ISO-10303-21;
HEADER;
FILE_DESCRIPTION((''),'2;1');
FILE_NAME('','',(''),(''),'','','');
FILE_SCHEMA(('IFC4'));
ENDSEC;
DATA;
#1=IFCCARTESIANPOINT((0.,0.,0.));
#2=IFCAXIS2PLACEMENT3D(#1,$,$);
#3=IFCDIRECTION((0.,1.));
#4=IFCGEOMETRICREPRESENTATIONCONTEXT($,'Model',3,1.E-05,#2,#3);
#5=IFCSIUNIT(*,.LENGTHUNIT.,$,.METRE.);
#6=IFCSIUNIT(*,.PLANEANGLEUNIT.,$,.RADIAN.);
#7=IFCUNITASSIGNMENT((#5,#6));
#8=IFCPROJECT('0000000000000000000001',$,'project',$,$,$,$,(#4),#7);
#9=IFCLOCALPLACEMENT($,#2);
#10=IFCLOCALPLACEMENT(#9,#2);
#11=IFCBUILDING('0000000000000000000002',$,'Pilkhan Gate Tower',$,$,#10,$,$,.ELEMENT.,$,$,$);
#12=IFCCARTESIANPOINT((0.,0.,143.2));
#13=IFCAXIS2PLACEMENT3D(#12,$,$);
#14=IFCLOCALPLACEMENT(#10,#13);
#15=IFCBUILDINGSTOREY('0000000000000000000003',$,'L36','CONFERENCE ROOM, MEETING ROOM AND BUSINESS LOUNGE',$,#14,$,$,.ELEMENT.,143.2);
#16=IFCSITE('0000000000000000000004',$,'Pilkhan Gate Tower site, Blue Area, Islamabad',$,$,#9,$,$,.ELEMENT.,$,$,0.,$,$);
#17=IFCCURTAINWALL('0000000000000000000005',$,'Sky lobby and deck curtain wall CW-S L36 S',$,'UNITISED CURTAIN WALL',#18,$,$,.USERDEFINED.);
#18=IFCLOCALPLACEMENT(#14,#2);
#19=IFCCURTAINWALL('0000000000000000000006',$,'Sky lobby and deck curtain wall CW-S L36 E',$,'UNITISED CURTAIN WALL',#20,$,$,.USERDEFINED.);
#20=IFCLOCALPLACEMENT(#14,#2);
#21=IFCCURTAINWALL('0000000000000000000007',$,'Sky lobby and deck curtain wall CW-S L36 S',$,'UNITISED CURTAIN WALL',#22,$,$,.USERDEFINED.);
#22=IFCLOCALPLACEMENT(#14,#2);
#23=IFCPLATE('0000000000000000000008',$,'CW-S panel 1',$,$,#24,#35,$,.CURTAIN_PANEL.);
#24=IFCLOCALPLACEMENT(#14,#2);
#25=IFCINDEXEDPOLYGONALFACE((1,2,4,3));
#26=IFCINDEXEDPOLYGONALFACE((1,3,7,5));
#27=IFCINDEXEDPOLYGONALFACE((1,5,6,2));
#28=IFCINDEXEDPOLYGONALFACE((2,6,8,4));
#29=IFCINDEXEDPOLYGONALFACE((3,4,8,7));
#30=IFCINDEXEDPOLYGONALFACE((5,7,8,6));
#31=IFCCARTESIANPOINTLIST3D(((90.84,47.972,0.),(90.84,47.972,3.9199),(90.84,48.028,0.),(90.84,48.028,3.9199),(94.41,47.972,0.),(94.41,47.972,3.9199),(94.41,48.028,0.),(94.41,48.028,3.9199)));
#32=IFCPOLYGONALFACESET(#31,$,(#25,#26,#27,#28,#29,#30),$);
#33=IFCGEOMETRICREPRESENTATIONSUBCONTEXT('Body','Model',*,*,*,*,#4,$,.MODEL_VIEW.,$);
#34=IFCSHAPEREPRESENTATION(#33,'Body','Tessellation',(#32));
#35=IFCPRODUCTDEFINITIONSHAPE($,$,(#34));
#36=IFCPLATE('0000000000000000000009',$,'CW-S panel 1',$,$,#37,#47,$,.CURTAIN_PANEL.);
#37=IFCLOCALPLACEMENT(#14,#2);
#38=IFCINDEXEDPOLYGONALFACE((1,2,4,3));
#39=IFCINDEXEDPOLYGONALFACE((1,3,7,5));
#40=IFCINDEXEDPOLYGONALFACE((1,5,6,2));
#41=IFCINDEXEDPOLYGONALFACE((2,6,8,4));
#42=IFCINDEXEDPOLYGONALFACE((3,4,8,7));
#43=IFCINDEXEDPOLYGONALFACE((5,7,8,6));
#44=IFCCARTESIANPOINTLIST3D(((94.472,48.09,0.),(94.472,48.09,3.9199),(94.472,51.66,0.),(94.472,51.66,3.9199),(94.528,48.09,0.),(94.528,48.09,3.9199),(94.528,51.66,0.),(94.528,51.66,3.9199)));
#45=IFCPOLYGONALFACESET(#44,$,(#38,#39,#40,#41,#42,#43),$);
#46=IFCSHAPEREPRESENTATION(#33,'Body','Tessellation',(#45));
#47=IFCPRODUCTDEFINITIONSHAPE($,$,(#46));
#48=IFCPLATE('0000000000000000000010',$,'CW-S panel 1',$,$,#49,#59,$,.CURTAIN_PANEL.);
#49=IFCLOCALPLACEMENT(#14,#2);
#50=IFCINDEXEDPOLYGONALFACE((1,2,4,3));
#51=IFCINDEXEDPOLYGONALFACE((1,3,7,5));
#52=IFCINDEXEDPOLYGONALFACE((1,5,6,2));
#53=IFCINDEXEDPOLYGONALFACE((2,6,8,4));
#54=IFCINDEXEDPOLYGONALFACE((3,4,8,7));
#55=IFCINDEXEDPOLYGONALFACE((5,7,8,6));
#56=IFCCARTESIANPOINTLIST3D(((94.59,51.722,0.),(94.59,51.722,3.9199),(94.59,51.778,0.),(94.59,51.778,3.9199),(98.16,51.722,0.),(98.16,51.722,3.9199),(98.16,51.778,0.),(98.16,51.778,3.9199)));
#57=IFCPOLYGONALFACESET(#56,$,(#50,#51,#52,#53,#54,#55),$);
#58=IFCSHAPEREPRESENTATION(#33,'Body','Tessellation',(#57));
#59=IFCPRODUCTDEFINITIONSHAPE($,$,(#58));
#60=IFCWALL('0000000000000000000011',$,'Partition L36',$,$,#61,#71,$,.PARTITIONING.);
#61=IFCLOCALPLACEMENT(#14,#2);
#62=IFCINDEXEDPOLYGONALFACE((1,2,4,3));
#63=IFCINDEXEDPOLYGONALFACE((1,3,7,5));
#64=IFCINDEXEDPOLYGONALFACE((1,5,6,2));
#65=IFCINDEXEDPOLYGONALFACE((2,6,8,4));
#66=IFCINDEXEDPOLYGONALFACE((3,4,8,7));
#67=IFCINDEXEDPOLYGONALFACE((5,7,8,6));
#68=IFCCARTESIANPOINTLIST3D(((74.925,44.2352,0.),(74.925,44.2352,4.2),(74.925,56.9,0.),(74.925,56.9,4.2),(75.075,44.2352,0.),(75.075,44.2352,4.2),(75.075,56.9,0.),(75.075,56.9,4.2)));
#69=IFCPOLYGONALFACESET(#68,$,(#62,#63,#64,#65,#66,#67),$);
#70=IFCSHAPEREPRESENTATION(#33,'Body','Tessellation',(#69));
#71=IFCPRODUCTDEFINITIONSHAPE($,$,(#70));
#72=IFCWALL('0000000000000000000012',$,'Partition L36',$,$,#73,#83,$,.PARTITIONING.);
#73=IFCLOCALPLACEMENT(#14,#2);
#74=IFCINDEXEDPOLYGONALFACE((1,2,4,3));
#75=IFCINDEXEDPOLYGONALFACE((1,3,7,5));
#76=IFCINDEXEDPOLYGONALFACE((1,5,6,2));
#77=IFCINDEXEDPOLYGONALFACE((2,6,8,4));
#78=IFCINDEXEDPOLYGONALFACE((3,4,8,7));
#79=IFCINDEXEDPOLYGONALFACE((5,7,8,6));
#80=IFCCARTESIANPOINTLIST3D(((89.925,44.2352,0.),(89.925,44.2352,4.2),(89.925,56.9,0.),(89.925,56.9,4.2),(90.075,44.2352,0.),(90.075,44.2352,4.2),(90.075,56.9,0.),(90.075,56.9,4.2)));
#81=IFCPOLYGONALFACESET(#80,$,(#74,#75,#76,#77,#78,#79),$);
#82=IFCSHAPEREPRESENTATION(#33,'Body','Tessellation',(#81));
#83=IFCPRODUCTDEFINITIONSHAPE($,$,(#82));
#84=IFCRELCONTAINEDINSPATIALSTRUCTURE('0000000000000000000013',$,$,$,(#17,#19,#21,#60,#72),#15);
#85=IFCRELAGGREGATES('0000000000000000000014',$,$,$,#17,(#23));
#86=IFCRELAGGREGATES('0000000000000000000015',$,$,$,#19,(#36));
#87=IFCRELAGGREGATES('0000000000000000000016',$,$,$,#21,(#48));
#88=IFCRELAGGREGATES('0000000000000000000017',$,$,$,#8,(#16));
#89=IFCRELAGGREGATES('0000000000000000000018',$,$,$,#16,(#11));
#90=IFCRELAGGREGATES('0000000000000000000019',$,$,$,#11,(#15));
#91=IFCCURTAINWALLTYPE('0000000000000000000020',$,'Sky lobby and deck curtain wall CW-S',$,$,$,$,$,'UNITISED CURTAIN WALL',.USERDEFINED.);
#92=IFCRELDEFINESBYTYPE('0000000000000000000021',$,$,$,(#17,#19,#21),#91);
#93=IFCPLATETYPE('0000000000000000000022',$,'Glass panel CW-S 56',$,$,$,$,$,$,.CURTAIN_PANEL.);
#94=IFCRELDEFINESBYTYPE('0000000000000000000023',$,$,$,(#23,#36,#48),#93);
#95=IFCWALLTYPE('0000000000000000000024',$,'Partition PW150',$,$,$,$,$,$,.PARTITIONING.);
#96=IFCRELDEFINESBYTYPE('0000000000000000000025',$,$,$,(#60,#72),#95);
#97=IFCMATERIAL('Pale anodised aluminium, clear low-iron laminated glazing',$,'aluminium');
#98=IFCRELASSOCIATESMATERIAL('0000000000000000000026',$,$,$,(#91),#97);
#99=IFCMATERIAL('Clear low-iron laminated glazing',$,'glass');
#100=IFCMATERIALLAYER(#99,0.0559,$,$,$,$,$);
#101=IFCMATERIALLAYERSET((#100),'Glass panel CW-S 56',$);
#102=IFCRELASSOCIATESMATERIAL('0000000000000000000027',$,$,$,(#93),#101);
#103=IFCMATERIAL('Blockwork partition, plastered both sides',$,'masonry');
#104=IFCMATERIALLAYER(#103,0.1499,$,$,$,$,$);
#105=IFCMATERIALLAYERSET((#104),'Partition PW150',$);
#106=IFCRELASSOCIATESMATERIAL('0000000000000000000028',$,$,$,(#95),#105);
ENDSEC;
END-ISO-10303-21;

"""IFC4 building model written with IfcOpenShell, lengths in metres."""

from ifc_helpers import new_model, si_unit, direction, frame, frame_2d, origin, origin_2d, place, context, subcontext, project, spatial, rectangle, extrude, material, layer, layer_set, type_object, element, aggregate, save


model = new_model("IFC4")

# Units and contexts
model_context = context("Model", 3, precision=1e-05, world=origin(), true_north=direction((0.0, 1.0)))
body_context = subcontext(model_context, "Body", "Model", "MODEL_VIEW")
ifc_project = project(units=[si_unit("LENGTHUNIT", "METRE"), si_unit("PLANEANGLEUNIT", "RADIAN")], contexts=[model_context])

# Site, building, storey
site_placement = place(None, origin())
site = spatial("IfcSite", under=ifc_project, at=site_placement, Name="Pilkhan Gate Tower site, Blue Area, Islamabad", CompositionType="ELEMENT", RefElevation=0.0)
building_placement = place(site_placement, origin())
building = spatial("IfcBuilding", under=site, at=building_placement, Name="Pilkhan Gate Tower", CompositionType="ELEMENT")
storey_placement = place(building_placement, frame((0.0, 0.0, 143.2)))
storey = spatial("IfcBuildingStorey", under=building, at=storey_placement, Name="L36", Description="CONFERENCE ROOM, MEETING ROOM AND BUSINESS LOUNGE", CompositionType="ELEMENT", Elevation=143.2)

# Shared definitions
ifc_material_1 = material(Name="Pale anodised aluminium, clear low-iron laminated glazing", Category="aluminium")
curtain_wall_type = type_object("IfcCurtainWallType", Name="Sky lobby and deck curtain wall CW-S", ElementType="UNITISED CURTAIN WALL", PredefinedType="USERDEFINED", material=ifc_material_1)

# Curtain walls
curtain_wall_1_placement = place(storey_placement, origin())
curtain_wall_1 = element("IfcCurtainWall", 1, at=curtain_wall_1_placement, inside=storey, type_object=curtain_wall_type, Name="Sky lobby and deck curtain wall CW-S L36 S", ObjectType="UNITISED CURTAIN WALL", PredefinedType="USERDEFINED")
curtain_wall_2_placement = place(storey_placement, origin())
curtain_wall_2 = element("IfcCurtainWall", 2, at=curtain_wall_2_placement, inside=storey, type_object=curtain_wall_type, Name="Sky lobby and deck curtain wall CW-S L36 E", ObjectType="UNITISED CURTAIN WALL", PredefinedType="USERDEFINED")
curtain_wall_3_placement = place(storey_placement, origin())
curtain_wall_3 = element("IfcCurtainWall", 3, at=curtain_wall_3_placement, inside=storey, type_object=curtain_wall_type, Name="Sky lobby and deck curtain wall CW-S L36 S", ObjectType="UNITISED CURTAIN WALL", PredefinedType="USERDEFINED")

# Plates
ifc_material_2 = material(Name="Clear low-iron laminated glazing", Category="glass")
ifc_layer_1 = layer(ifc_material_2, 0.0559)
ifc_layer_set_1 = layer_set([ifc_layer_1], Name="Glass panel CW-S 56")
plate_type = type_object("IfcPlateType", Name="Glass panel CW-S 56", PredefinedType="CURTAIN_PANEL", material=ifc_layer_set_1)
plate_1_placement = place(storey_placement, frame((92.625, 48.0, 0.0), z_axis=(0.0, 0.0, 1.0), x_axis=(1.0, 0.0, 0.0)))
plate_1 = element("IfcPlate", 4, at=plate_1_placement, type_object=plate_type, Name="CW-S panel 1", PredefinedType="CURTAIN_PANEL", context=body_context, shape_type="SweptSolid", body=[
    extrude(rectangle(XDim=3.5701, YDim=0.0559, at=origin_2d()), origin(), (0.0, 0.0, 1.0), 3.9199),
])
aggregate(curtain_wall_1, [plate_1])
plate_2_placement = place(storey_placement, frame((94.5, 49.875, 0.0), z_axis=(0.0, 0.0, 1.0), x_axis=(0.0, 1.0, 0.0)))
plate_2 = element("IfcPlate", 5, at=plate_2_placement, type_object=plate_type, Name="CW-S panel 1", PredefinedType="CURTAIN_PANEL", context=body_context, shape_type="SweptSolid", body=[
    extrude(rectangle(XDim=3.5701, YDim=0.0559, at=origin_2d()), origin(), (0.0, 0.0, 1.0), 3.9199),
])
aggregate(curtain_wall_2, [plate_2])
plate_3_placement = place(storey_placement, frame((96.375, 51.75, 0.0), z_axis=(0.0, 0.0, 1.0), x_axis=(1.0, 0.0, 0.0)))
plate_3 = element("IfcPlate", 6, at=plate_3_placement, type_object=plate_type, Name="CW-S panel 1", PredefinedType="CURTAIN_PANEL", context=body_context, shape_type="SweptSolid", body=[
    extrude(rectangle(XDim=3.5701, YDim=0.0559, at=origin_2d()), origin(), (0.0, 0.0, 1.0), 3.9199),
])
aggregate(curtain_wall_3, [plate_3])

# Walls
ifc_material_3 = material(Name="Blockwork partition, plastered both sides", Category="masonry")
ifc_layer_2 = layer(ifc_material_3, 0.1499)
ifc_layer_set_2 = layer_set([ifc_layer_2], Name="Partition PW150")
wall_type = type_object("IfcWallType", Name="Partition PW150", PredefinedType="PARTITIONING", material=ifc_layer_set_2)
for number, where, z_axis, x_axis, name in (
    (7, (75.0, 44.2351, 0.0), (0.0, 0.0, 1.0), (0.0, 1.0, 0.0), "Partition L36"),
    (8, (90.0, 44.2351, 0.0), (0.0, 0.0, 1.0), (0.0, 1.0, 0.0), "Partition L36"),
):
    element("IfcWall", number, at=place(storey_placement, frame(where, z_axis=z_axis, x_axis=x_axis)), inside=storey, type_object=wall_type, Name=name, PredefinedType="PARTITIONING", context=body_context, shape_type="SweptSolid", body=[
        extrude(rectangle(XDim=12.6648, YDim=0.1499, at=frame_2d((6.3325, 0.0))), origin(), (0.0, 0.0, 1.0), 4.2),
    ])

save(model, "model.ifc")
